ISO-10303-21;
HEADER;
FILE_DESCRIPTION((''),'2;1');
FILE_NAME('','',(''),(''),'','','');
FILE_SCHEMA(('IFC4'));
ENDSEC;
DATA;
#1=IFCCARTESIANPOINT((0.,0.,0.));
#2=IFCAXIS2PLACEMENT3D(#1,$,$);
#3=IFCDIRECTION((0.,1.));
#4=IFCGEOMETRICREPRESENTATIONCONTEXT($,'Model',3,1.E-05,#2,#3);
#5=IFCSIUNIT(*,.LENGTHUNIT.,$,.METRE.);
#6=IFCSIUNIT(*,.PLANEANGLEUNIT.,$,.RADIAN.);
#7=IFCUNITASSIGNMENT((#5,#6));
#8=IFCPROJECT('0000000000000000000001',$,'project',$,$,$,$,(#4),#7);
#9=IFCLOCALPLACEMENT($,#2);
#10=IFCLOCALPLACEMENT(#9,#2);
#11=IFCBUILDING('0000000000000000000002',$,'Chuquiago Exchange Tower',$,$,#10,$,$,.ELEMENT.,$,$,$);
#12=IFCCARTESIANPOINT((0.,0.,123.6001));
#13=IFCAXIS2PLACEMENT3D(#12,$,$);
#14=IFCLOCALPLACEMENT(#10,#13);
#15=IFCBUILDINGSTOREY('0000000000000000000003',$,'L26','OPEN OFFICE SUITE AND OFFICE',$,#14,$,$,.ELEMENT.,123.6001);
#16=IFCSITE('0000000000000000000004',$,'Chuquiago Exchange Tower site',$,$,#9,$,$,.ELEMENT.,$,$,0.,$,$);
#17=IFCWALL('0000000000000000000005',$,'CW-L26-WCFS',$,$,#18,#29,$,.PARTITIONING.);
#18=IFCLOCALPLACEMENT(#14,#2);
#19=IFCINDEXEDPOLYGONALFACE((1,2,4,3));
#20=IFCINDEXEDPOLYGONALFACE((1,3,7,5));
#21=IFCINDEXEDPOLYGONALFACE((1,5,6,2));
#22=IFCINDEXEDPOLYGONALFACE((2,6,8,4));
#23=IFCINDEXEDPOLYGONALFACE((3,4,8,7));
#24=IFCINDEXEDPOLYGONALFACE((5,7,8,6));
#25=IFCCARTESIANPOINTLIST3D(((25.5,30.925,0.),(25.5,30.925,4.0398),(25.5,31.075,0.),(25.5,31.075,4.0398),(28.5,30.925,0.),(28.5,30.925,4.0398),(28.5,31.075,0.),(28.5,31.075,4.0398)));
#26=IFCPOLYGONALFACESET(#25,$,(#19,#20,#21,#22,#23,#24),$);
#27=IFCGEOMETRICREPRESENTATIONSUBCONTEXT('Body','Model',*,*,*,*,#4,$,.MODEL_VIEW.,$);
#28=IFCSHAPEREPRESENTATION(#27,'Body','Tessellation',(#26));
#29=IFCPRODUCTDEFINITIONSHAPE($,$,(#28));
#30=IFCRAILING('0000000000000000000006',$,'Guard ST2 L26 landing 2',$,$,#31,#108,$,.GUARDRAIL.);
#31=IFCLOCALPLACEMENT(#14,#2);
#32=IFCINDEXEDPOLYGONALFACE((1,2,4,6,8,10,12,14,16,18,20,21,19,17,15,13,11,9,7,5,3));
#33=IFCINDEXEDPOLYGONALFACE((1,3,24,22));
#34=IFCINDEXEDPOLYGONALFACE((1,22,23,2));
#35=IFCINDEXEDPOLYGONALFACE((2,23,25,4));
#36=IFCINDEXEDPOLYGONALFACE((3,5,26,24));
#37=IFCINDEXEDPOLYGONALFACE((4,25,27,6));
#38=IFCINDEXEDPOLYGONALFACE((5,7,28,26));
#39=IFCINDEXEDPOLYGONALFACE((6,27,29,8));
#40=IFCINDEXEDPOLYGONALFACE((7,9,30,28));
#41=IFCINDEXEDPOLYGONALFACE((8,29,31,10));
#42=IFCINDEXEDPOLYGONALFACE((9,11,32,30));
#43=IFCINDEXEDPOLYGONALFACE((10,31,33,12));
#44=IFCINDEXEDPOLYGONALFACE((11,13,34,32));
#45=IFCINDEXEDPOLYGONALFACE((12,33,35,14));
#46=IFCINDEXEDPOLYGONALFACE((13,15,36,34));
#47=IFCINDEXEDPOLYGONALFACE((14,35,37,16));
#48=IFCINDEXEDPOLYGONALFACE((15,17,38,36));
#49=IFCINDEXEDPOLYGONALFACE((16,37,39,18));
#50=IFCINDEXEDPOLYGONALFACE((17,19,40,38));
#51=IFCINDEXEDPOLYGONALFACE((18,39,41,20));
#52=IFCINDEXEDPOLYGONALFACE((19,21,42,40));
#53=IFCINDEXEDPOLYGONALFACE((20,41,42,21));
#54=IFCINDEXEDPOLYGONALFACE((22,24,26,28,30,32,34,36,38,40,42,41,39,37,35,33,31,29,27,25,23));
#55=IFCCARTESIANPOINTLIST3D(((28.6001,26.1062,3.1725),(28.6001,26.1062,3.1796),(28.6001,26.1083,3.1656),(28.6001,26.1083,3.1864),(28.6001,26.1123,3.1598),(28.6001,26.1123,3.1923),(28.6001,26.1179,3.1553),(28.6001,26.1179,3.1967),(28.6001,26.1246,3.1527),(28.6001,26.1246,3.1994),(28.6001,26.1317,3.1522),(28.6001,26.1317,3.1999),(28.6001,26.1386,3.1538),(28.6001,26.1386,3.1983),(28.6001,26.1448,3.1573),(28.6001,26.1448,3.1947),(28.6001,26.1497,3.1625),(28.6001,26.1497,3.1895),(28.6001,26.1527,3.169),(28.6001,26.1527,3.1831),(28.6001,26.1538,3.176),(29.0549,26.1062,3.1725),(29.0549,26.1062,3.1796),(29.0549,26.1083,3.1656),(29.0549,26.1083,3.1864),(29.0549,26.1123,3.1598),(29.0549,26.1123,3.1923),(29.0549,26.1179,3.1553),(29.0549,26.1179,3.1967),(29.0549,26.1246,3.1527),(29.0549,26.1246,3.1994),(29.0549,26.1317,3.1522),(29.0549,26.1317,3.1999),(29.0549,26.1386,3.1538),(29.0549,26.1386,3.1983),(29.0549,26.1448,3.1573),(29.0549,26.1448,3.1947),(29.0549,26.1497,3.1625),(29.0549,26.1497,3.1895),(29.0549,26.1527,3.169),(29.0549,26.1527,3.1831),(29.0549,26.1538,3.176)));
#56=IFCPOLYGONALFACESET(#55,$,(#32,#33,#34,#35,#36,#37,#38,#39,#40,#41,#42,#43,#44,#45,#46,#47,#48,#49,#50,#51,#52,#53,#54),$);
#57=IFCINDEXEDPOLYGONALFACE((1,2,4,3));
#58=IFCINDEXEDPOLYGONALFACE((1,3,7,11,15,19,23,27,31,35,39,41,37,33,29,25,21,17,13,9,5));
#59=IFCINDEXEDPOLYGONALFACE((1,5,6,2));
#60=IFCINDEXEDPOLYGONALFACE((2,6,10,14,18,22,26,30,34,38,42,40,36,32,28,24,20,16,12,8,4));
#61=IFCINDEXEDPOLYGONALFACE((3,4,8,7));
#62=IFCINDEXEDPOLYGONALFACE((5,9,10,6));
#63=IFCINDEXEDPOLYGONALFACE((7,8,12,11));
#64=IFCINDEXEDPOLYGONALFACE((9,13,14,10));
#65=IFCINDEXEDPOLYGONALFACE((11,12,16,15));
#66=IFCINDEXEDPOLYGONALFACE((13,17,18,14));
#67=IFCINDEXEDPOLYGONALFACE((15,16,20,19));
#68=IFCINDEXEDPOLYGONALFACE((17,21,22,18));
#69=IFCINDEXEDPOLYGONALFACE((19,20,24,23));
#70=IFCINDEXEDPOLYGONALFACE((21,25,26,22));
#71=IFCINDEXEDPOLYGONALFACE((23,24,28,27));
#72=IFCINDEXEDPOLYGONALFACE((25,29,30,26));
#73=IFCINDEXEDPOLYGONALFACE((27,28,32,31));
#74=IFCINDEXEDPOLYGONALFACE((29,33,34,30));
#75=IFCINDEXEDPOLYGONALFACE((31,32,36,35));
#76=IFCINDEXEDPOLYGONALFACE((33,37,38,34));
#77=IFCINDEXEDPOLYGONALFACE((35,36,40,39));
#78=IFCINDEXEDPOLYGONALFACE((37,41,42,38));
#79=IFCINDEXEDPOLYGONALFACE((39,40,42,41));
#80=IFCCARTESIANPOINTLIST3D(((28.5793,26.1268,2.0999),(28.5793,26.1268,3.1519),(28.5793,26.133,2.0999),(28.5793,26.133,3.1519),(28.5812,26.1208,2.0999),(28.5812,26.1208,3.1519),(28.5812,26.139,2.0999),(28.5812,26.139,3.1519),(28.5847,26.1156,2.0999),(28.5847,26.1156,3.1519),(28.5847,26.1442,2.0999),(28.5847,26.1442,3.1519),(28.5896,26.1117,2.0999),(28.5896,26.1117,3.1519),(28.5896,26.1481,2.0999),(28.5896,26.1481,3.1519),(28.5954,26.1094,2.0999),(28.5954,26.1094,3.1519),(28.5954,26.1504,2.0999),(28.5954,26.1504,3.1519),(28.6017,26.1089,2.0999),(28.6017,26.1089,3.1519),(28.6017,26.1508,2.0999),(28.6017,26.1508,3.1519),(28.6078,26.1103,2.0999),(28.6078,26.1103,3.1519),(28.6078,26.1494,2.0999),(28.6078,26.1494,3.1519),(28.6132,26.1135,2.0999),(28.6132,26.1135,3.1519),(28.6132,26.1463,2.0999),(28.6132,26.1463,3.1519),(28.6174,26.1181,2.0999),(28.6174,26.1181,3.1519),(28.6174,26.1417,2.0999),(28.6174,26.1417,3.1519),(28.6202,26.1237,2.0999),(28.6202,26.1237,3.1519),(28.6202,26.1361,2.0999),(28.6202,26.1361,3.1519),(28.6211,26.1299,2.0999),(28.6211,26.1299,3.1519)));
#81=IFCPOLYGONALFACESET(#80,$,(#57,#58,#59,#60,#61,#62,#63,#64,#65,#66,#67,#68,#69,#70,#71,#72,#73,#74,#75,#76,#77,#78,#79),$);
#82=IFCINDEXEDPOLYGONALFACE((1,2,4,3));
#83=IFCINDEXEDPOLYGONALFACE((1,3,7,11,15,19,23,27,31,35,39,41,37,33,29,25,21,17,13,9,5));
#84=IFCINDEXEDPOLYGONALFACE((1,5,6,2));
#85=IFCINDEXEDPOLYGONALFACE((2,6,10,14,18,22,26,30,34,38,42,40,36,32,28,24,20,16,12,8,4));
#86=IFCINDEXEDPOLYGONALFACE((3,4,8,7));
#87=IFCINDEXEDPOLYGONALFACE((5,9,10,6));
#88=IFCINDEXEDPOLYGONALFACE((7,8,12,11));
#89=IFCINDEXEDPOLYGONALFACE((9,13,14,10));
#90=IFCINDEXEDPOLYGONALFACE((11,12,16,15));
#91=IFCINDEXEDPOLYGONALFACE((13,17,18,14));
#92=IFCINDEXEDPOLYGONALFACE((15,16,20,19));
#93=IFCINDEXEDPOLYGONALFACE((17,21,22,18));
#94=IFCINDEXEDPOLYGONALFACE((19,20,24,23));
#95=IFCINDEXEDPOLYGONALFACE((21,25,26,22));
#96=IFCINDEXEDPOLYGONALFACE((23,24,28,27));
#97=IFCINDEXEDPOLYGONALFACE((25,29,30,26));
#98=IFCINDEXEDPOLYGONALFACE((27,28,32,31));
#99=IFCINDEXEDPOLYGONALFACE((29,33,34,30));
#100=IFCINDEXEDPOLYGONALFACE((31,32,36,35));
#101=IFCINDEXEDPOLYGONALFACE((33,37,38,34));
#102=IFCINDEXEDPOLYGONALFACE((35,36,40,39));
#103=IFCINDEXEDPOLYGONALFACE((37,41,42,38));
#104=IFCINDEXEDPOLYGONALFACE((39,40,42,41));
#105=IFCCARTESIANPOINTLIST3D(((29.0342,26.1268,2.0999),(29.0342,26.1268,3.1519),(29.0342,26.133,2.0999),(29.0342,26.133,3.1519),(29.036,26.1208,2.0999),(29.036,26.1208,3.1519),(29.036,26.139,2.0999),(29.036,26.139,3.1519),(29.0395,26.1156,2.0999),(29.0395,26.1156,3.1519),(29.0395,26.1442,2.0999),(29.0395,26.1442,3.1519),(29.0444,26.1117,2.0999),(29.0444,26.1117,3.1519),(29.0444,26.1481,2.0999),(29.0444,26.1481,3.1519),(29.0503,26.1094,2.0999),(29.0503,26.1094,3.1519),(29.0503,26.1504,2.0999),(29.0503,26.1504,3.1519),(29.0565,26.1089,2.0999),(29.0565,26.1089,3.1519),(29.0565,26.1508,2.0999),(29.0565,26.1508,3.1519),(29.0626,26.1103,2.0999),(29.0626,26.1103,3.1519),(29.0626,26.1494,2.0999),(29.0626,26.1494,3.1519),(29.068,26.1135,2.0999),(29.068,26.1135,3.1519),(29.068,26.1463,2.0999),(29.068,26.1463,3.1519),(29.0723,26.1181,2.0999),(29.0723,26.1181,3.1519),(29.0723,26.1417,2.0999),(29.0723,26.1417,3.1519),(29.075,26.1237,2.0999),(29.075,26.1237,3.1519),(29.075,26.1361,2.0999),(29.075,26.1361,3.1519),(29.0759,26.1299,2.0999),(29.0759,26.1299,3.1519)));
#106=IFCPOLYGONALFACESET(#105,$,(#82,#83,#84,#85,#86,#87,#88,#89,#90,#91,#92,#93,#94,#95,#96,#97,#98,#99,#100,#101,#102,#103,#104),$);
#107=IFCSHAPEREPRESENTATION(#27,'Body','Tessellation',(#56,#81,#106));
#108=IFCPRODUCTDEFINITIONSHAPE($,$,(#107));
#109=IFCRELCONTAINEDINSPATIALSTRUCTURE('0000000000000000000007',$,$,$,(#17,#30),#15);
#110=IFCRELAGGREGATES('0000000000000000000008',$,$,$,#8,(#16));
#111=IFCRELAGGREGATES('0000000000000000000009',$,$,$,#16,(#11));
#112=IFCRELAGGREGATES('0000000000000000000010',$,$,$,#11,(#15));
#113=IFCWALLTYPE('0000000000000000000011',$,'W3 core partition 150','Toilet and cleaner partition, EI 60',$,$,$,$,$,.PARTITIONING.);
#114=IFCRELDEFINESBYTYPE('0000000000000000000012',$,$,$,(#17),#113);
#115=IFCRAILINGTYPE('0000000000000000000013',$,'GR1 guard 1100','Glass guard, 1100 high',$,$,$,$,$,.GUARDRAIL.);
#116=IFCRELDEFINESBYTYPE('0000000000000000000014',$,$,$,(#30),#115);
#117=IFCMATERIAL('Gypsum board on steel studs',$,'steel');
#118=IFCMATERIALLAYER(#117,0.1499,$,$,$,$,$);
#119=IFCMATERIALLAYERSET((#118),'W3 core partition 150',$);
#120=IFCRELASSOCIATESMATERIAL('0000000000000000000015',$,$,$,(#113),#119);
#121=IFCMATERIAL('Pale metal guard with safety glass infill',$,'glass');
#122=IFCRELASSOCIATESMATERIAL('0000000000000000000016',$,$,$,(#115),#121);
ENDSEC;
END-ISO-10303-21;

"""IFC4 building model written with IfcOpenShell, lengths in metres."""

from ifc_helpers import new_model, si_unit, direction, frame, frame_2d, origin, origin_2d, place, context, subcontext, project, spatial, rectangle, circle, extrude, material, layer, layer_set, type_object, element, save


model = new_model("IFC4")

# Units and contexts
model_context = context("Model", 3, precision=1e-05, world=origin(), true_north=direction((0.0, 1.0)))
body_context = subcontext(model_context, "Body", "Model", "MODEL_VIEW")
ifc_project = project(units=[si_unit("LENGTHUNIT", "METRE"), si_unit("PLANEANGLEUNIT", "RADIAN")], contexts=[model_context])

# Site, building, storey
site_placement = place(None, origin())
site = spatial("IfcSite", under=ifc_project, at=site_placement, Name="Chuquiago Exchange Tower site", CompositionType="ELEMENT", RefElevation=0.0)
building_placement = place(site_placement, origin())
building = spatial("IfcBuilding", under=site, at=building_placement, Name="Chuquiago Exchange Tower", CompositionType="ELEMENT")
storey_placement = place(building_placement, frame((0.0, 0.0, 123.6001)))
storey = spatial("IfcBuildingStorey", under=building, at=storey_placement, Name="L26", Description="OPEN OFFICE SUITE AND OFFICE", CompositionType="ELEMENT", Elevation=123.6001)

# Shared definitions
ifc_material_1 = material(Name="Gypsum board on steel studs", Category="steel")
ifc_layer_1 = layer(ifc_material_1, 0.1499)
ifc_layer_set_1 = layer_set([ifc_layer_1], Name="W3 core partition 150")
wall_type_1 = type_object("IfcWallType", Name="W3 core partition 150", Description="Toilet and cleaner partition, EI 60", PredefinedType="PARTITIONING", material=ifc_layer_set_1)

# Wall
wall_1_placement = place(storey_placement, frame((25.5, 31.0, 0.0), z_axis=(0.0, 0.0, 1.0), x_axis=(1.0, 0.0, 0.0)))
element("IfcWall", 1, at=wall_1_placement, inside=storey, type_object=wall_type_1, Name="CW-L26-WCFS", PredefinedType="PARTITIONING", context=body_context, shape_type="SweptSolid", body=[
    extrude(rectangle(XDim=3.0, YDim=0.1499, at=frame_2d((1.5, 0.0))), origin(), (0.0, 0.0, 1.0), 4.0398),
])

# Railing
ifc_material_2 = material(Name="Pale metal guard with safety glass infill", Category="glass")
railing_type_1 = type_object("IfcRailingType", Name="GR1 guard 1100", Description="Glass guard, 1100 high", PredefinedType="GUARDRAIL", material=ifc_material_2)
railing_1_placement = place(storey_placement, frame((28.6001, 26.1299, 2.0999)))
element("IfcRailing", 2, at=railing_1_placement, inside=storey, type_object=railing_type_1, Name="Guard ST2 L26 landing 2", PredefinedType="GUARDRAIL", context=body_context, shape_type="SweptSolid", body=[
    extrude(circle(Radius=0.0239, at=origin_2d()), frame((0.0, 0.0, 1.0762), z_axis=(1.0, 0.0, 0.0), x_axis=(0.0, 1.0, 0.0)), (0.0, 0.0, 1.0), 0.4548),
    extrude(circle(Radius=0.021, at=origin_2d()), origin(), (0.0, 0.0, 1.0), 1.052),
    extrude(circle(Radius=0.021, at=origin_2d()), frame((0.4548, 0.0, 0.0)), (0.0, 0.0, 1.0), 1.052),
])

save(model, "model.ifc")
